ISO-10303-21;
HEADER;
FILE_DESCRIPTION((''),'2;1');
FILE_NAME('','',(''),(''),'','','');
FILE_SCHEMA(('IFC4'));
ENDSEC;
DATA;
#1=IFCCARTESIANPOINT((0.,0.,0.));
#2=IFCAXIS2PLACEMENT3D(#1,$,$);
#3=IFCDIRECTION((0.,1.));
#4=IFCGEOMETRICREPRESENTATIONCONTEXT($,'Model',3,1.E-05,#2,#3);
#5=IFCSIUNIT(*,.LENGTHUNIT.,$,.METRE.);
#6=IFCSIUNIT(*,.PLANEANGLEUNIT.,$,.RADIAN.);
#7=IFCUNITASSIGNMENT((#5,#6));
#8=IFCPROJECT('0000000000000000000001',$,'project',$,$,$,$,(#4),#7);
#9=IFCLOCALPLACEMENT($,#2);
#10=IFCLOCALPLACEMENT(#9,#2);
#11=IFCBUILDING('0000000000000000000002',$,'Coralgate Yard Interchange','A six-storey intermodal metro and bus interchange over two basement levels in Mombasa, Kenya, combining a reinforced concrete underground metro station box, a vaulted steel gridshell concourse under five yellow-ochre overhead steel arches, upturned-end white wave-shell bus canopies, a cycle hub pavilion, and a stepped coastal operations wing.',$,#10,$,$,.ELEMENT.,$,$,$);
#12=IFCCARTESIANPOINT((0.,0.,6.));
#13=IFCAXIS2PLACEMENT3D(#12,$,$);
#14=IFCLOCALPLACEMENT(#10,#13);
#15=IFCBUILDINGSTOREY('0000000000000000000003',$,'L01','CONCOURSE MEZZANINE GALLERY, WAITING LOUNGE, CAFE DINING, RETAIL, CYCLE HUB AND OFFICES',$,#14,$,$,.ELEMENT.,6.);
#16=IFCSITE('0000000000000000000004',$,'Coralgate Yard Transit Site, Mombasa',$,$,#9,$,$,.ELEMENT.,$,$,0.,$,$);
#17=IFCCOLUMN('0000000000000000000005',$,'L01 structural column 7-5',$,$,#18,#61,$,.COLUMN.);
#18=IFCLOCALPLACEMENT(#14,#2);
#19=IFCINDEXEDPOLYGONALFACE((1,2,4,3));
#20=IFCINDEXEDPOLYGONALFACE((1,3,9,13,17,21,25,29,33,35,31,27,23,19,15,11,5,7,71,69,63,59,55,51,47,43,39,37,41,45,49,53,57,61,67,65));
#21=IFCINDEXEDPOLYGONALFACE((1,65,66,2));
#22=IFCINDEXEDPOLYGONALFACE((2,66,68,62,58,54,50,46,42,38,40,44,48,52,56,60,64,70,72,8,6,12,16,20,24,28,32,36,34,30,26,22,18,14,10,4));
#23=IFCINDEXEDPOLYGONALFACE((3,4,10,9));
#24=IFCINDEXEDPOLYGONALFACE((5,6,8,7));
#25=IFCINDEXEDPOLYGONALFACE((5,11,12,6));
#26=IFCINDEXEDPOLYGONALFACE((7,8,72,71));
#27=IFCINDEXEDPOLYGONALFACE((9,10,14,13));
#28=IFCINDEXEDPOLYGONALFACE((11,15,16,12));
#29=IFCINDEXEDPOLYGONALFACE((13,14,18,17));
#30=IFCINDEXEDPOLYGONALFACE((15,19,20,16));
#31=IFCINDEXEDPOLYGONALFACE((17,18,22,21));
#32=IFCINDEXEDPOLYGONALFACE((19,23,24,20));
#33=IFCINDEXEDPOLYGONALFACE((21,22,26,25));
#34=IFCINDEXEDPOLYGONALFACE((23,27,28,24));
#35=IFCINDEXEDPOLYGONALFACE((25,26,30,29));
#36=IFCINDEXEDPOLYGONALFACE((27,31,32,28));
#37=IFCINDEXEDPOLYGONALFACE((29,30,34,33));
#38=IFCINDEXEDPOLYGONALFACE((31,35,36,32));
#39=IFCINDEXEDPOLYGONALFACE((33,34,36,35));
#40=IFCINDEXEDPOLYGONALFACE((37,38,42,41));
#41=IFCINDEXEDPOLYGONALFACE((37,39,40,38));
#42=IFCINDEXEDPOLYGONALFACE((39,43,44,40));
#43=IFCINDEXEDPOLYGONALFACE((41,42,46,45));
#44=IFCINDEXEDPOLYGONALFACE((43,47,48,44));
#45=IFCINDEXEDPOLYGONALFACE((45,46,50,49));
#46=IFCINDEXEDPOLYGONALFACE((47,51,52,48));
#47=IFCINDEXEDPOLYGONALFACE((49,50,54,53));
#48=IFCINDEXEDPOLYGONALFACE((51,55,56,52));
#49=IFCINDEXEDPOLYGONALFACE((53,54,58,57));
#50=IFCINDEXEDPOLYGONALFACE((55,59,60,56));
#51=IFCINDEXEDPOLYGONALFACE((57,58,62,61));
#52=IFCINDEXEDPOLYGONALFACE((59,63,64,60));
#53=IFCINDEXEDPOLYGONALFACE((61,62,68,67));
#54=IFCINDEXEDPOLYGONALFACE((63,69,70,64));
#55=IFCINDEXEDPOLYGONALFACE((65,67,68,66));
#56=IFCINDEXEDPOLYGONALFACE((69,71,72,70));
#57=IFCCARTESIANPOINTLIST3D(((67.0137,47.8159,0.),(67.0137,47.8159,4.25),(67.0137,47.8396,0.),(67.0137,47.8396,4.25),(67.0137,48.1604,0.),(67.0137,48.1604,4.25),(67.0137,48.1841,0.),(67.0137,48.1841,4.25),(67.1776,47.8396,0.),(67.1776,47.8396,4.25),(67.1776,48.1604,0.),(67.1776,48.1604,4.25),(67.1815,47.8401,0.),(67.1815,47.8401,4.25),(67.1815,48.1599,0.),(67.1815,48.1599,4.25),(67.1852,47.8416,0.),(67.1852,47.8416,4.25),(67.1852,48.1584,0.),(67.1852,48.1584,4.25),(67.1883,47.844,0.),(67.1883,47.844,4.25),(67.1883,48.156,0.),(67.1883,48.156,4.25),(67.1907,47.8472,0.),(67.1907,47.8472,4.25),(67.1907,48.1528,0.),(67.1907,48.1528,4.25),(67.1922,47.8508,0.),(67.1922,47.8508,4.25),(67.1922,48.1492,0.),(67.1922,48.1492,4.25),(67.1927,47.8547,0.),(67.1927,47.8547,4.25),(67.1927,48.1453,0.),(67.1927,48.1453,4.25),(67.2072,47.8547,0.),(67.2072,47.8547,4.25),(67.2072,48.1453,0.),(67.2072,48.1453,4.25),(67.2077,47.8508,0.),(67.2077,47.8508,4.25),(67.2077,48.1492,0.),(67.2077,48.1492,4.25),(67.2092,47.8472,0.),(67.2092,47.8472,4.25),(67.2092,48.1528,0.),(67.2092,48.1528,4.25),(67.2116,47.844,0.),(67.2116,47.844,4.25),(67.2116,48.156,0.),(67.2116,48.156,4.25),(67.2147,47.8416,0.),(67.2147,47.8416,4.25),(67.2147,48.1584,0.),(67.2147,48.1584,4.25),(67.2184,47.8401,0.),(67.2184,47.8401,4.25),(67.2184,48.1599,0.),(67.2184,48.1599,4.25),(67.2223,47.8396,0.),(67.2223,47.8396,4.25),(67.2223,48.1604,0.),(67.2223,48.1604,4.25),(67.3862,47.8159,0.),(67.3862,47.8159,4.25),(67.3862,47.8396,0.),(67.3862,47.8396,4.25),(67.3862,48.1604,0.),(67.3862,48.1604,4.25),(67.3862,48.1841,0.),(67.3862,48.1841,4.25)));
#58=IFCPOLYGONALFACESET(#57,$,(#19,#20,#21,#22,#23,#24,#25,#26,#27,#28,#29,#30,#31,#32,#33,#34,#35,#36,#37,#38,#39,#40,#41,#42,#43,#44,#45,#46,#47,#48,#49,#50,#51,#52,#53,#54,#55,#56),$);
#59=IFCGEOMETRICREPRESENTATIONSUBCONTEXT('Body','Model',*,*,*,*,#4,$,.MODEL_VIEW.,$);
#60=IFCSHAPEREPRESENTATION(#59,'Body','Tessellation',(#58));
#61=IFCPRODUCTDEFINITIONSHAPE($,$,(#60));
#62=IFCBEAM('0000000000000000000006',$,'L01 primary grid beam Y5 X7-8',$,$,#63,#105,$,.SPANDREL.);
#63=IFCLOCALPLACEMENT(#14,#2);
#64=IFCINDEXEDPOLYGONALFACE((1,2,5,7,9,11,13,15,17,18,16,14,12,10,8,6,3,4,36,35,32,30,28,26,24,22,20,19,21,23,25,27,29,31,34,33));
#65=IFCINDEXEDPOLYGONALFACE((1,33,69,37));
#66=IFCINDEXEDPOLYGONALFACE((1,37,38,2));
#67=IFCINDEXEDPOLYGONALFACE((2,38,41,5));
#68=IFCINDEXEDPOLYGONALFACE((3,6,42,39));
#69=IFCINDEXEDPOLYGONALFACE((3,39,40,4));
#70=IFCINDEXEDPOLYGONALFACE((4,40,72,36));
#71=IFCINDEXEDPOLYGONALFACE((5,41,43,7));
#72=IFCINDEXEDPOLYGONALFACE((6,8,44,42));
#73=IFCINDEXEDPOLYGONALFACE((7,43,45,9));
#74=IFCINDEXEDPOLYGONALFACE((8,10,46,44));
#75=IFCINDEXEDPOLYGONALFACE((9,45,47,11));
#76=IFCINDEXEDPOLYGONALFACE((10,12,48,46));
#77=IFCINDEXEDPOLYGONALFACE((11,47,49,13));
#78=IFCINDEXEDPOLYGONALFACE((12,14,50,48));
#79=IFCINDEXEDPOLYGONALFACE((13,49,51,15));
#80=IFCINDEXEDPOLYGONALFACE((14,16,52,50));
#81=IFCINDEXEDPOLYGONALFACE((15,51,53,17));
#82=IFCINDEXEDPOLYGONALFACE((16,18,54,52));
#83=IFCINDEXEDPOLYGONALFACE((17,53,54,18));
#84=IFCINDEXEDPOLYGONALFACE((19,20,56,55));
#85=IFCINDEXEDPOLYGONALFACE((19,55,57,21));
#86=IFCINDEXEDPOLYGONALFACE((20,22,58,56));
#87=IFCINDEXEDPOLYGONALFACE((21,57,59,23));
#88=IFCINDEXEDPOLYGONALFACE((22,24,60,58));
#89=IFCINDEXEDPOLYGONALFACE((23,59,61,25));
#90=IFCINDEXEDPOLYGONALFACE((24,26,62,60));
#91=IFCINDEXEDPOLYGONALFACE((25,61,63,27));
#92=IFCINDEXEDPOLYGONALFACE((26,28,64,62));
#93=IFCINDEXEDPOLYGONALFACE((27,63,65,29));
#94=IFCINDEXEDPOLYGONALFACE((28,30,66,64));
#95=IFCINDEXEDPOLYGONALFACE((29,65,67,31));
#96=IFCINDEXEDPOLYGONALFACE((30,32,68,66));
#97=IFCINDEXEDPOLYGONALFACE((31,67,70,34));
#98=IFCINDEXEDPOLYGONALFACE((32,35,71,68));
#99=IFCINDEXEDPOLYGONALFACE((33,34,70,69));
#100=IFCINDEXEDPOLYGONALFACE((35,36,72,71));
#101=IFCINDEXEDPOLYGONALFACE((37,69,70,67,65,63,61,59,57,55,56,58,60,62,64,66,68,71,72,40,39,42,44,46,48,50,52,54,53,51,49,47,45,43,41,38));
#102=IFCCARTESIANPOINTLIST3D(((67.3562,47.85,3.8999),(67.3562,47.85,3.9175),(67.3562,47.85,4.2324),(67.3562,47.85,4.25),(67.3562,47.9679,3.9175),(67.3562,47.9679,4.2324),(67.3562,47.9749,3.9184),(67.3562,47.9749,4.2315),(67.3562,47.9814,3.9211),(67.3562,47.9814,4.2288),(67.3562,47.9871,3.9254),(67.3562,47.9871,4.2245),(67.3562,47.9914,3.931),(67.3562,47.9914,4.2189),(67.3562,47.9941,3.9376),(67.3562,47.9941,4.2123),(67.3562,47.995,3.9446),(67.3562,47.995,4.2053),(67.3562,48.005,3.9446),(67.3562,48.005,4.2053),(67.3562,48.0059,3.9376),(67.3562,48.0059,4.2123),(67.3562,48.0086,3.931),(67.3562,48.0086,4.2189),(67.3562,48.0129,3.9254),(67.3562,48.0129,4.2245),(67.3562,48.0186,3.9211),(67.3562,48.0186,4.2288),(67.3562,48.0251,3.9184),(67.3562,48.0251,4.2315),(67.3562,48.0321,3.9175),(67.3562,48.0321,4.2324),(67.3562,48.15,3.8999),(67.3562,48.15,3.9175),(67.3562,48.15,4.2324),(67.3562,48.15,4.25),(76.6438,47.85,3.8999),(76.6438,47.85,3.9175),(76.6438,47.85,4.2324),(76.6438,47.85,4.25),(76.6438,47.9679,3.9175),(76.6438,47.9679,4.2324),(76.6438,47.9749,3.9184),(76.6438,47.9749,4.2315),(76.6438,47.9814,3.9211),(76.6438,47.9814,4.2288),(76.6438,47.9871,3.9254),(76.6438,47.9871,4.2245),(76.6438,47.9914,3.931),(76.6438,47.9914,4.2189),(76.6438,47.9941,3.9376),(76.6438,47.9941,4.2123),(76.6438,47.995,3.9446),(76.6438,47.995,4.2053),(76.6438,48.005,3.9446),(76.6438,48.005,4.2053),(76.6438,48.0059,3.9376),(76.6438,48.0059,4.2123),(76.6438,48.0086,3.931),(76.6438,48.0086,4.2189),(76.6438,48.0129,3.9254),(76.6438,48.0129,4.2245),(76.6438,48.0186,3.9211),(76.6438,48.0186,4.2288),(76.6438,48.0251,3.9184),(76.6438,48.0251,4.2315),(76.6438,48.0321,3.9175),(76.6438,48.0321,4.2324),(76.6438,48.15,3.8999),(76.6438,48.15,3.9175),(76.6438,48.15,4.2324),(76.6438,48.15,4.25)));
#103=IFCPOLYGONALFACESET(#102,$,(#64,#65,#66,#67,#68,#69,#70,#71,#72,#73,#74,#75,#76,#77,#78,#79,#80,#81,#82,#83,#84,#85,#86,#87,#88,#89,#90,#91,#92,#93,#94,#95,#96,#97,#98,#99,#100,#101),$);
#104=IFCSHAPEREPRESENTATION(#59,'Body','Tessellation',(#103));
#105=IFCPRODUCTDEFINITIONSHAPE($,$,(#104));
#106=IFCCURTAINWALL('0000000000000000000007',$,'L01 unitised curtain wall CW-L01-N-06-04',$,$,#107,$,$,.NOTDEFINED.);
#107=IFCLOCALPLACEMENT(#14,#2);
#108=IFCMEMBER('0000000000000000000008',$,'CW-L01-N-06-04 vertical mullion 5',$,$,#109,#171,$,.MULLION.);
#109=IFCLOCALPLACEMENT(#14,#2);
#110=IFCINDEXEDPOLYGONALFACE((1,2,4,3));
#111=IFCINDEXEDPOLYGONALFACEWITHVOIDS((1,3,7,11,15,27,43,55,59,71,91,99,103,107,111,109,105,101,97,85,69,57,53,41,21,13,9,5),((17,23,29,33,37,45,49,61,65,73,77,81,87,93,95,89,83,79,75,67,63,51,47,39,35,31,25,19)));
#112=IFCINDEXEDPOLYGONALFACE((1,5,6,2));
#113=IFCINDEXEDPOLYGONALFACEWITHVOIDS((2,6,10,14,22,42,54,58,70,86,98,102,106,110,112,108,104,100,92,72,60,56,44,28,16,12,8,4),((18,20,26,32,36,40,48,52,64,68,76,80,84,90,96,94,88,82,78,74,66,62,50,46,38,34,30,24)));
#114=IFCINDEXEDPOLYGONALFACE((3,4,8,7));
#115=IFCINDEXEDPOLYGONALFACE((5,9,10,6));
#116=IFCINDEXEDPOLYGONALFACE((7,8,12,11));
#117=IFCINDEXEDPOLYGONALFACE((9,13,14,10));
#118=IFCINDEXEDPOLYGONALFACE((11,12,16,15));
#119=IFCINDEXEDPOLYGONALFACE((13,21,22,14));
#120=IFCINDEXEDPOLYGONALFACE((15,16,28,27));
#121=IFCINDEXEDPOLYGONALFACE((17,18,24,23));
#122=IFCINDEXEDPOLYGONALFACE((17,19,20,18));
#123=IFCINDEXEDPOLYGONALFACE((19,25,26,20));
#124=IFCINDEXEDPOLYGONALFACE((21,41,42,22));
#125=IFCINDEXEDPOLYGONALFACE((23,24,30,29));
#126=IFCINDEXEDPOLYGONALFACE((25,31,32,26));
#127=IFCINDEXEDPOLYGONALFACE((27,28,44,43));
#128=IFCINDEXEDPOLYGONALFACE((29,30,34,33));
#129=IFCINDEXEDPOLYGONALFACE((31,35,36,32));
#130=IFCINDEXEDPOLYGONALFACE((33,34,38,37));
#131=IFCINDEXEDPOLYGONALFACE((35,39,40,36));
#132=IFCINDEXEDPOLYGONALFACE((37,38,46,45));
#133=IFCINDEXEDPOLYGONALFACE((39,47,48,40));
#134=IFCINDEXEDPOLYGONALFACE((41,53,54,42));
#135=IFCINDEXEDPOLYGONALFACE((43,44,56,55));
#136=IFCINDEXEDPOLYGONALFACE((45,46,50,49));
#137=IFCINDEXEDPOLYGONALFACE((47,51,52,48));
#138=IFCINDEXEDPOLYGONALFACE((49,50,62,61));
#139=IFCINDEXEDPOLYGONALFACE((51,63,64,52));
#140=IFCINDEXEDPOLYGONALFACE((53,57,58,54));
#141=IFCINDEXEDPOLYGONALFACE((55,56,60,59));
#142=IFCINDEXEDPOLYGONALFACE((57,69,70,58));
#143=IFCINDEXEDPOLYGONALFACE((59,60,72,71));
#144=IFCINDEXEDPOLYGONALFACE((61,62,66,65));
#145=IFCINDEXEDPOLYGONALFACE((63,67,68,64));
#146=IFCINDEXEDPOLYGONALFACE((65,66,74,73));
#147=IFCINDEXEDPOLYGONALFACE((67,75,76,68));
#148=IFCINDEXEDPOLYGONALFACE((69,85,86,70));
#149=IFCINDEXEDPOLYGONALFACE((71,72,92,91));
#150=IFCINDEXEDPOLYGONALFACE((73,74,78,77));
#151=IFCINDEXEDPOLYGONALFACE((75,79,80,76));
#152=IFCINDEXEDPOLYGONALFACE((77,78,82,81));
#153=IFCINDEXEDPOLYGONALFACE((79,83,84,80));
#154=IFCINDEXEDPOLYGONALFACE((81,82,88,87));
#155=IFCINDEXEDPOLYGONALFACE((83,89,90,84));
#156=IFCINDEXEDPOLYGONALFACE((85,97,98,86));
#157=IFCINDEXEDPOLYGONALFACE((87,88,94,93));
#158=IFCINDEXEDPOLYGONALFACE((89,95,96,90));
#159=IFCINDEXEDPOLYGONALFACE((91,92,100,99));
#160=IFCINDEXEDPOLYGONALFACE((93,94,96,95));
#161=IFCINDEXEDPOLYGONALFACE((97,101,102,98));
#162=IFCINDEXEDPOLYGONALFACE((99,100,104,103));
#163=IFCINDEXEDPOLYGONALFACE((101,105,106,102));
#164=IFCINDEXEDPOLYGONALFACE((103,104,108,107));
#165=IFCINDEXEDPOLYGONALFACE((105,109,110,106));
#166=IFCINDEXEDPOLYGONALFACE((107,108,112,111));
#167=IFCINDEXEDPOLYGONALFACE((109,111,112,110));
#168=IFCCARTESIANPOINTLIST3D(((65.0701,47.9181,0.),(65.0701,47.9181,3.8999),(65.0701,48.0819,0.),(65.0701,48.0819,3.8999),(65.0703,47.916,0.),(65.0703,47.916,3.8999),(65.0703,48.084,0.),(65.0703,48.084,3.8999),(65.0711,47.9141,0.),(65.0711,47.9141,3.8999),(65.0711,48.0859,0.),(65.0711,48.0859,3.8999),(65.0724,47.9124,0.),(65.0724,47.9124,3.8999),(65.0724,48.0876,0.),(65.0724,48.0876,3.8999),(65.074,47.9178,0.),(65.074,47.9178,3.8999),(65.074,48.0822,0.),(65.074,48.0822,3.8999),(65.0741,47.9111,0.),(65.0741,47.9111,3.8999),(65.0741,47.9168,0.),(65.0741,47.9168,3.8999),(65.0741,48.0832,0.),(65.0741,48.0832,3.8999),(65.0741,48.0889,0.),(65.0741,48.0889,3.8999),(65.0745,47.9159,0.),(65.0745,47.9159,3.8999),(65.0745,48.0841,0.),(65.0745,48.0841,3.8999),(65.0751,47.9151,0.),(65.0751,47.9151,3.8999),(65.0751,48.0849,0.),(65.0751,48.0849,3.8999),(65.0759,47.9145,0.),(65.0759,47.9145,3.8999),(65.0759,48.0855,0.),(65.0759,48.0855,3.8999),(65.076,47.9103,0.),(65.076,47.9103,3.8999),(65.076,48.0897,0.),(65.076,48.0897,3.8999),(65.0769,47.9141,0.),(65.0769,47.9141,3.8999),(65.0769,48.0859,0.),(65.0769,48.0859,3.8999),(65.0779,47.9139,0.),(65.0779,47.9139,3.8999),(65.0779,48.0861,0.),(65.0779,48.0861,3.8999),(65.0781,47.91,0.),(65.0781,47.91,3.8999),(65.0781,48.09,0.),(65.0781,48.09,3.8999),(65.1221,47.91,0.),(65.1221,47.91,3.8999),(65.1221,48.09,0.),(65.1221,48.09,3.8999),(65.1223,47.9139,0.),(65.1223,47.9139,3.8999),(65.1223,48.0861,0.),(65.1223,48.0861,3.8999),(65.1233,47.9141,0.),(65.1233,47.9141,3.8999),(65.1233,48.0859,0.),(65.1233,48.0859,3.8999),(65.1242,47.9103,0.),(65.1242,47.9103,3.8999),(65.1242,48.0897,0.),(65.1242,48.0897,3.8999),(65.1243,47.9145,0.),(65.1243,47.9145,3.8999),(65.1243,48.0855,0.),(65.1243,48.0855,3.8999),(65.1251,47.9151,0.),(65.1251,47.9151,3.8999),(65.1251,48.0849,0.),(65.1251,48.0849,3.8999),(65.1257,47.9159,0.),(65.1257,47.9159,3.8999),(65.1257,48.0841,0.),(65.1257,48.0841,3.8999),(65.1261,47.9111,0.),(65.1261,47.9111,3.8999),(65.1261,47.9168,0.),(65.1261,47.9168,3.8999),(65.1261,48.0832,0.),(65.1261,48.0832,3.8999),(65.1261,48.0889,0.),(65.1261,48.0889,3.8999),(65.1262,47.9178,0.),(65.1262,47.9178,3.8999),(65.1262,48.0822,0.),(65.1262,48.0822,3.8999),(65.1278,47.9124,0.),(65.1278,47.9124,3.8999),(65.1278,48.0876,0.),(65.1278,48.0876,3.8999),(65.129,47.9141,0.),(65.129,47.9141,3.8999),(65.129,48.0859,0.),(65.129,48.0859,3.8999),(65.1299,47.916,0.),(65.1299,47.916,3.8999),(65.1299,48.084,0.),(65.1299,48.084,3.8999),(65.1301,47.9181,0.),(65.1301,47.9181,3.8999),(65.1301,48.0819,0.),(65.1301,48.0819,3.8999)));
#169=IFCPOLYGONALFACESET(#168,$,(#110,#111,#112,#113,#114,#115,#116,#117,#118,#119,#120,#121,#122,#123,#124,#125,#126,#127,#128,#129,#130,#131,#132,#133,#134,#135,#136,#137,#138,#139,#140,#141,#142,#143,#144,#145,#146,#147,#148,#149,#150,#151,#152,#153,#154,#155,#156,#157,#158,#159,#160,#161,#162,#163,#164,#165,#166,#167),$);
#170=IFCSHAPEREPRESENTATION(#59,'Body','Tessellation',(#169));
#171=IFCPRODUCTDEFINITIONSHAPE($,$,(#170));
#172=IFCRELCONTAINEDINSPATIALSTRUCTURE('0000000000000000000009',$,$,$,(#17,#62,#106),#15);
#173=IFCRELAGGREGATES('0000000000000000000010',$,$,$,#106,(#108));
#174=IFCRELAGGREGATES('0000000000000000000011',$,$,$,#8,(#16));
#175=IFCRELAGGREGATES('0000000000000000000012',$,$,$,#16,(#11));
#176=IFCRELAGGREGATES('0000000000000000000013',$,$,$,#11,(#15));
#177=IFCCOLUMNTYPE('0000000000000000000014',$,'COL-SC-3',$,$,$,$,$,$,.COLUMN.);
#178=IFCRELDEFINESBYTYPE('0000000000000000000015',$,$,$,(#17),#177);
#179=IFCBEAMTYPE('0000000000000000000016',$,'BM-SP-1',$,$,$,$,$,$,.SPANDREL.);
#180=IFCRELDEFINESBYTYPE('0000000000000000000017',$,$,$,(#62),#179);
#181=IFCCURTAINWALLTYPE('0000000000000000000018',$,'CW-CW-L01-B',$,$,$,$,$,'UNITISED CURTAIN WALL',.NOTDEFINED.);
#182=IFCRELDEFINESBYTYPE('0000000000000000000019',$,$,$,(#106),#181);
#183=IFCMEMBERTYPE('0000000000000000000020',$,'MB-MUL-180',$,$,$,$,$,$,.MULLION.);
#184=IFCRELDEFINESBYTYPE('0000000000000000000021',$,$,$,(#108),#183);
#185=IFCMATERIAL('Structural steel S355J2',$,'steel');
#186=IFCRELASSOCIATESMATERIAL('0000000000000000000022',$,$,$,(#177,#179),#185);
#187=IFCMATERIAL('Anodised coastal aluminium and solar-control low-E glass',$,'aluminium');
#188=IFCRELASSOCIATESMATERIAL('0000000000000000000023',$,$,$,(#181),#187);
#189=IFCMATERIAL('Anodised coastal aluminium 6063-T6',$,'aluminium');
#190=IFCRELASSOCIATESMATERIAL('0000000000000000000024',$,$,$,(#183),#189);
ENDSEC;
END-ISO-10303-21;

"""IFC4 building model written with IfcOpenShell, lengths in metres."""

from ifc_helpers import new_model, si_unit, direction, frame, origin, origin_2d, place, context, subcontext, project, spatial, hollow_rectangle, i_section, extrude, material, material_profile, profile_set, type_object, element, aggregate, save


model = new_model("IFC4")

# Units and contexts
model_context = context("Model", 3, precision=1e-05, world=origin(), true_north=direction((0.0, 1.0)))
body_context = subcontext(model_context, "Body", "Model", "MODEL_VIEW")
ifc_project = project(units=[si_unit("LENGTHUNIT", "METRE"), si_unit("PLANEANGLEUNIT", "RADIAN")], contexts=[model_context])

# Site, building, storey
site_placement = place(None, origin())
site = spatial("IfcSite", under=ifc_project, at=site_placement, Name="Coralgate Yard Transit Site, Mombasa", CompositionType="ELEMENT", RefElevation=0.0)
building_placement = place(site_placement, origin())
building = spatial("IfcBuilding", under=site, at=building_placement, Name="Coralgate Yard Interchange", Description="A six-storey intermodal metro and bus interchange over two basement levels in Mombasa, Kenya, combining a reinforced concrete underground metro station box, a vaulted steel gridshell concourse under five yellow-ochre overhead steel arches, upturned-end white wave-shell bus canopies, a cycle hub pavilion, and a stepped coastal operations wing.", CompositionType="ELEMENT")
storey_placement = place(building_placement, frame((0.0, 0.0, 6.0)))
storey = spatial("IfcBuildingStorey", under=building, at=storey_placement, Name="L01", Description="CONCOURSE MEZZANINE GALLERY, WAITING LOUNGE, CAFE DINING, RETAIL, CYCLE HUB AND OFFICES", CompositionType="ELEMENT", Elevation=6.0)

# Column
ifc_material_1 = material(Name="Structural steel S355J2", Category="steel")
ifc_material_profile_1 = material_profile(ifc_material_1, i_section(OverallWidth=0.3726, OverallDepth=0.3682, WebThickness=0.0144, FlangeThickness=0.0237, FilletRadius=0.0151, at=origin_2d()), Name="UC 356x368x177")
ifc_profile_set_1 = profile_set([ifc_material_profile_1], Name="Structural steel S355J2")
column_type = type_object("IfcColumnType", Name="COL-SC-3", PredefinedType="COLUMN", material=ifc_profile_set_1)
column_placement = place(storey_placement, frame((67.2, 48.0, 0.0), z_axis=(0.0, 0.0, 1.0), x_axis=(1.0, 0.0, 0.0)))
element("IfcColumn", 1, at=column_placement, inside=storey, type_object=column_type, Name="L01 structural column 7-5", PredefinedType="COLUMN", context=body_context, shape_type="SweptSolid", body=[
    extrude(i_section(OverallWidth=0.3726, OverallDepth=0.3682, WebThickness=0.0144, FlangeThickness=0.0237, FilletRadius=0.0151, at=origin_2d()), origin(), (0.0, 0.0, 1.0), 4.25),
])

# Beam
ifc_material_profile_2 = material_profile(ifc_material_1, i_section(OverallWidth=0.3, OverallDepth=0.3501, WebThickness=0.01, FlangeThickness=0.0176, FilletRadius=0.0271, at=origin_2d()), Name="HEA 360")
ifc_profile_set_2 = profile_set([ifc_material_profile_2], Name="Structural steel S355J2")
beam_type = type_object("IfcBeamType", Name="BM-SP-1", PredefinedType="SPANDREL", material=ifc_profile_set_2)
beam_placement = place(storey_placement, frame((67.3562, 48.0, 4.075), z_axis=(1.0, 0.0, 0.0), x_axis=(0.0, 1.0, 0.0)))
element("IfcBeam", 2, at=beam_placement, inside=storey, type_object=beam_type, Name="L01 primary grid beam Y5 X7-8", PredefinedType="SPANDREL", context=body_context, shape_type="SweptSolid", body=[
    extrude(i_section(OverallWidth=0.3, OverallDepth=0.3501, WebThickness=0.01, FlangeThickness=0.0176, FilletRadius=0.0271, at=origin_2d()), origin(), (0.0, 0.0, 1.0), 9.2876),
])

# Curtain wall, member
ifc_material_2 = material(Name="Anodised coastal aluminium and solar-control low-E glass", Category="aluminium")
curtain_wall_type = type_object("IfcCurtainWallType", Name="CW-CW-L01-B", ElementType="UNITISED CURTAIN WALL", PredefinedType="NOTDEFINED", material=ifc_material_2)
curtain_wall_1_placement = place(storey_placement, origin())
curtain_wall_1 = element("IfcCurtainWall", 3, at=curtain_wall_1_placement, inside=storey, type_object=curtain_wall_type, Name="L01 unitised curtain wall CW-L01-N-06-04", PredefinedType="NOTDEFINED")
ifc_material_3 = material(Name="Anodised coastal aluminium 6063-T6", Category="aluminium")
ifc_material_profile_3 = material_profile(ifc_material_3, hollow_rectangle(XDim=0.0601, YDim=0.1799, WallThickness=0.0039, InnerFilletRadius=0.0039, OuterFilletRadius=0.0081, at=origin_2d()), Name="ALU 60x180x4")
ifc_profile_set_3 = profile_set([ifc_material_profile_3], Name="Anodised coastal aluminium 6063-T6")
member_type_1 = type_object("IfcMemberType", Name="MB-MUL-180", PredefinedType="MULLION", material=ifc_profile_set_3)
member_1_placement = place(storey_placement, frame((65.1001, 48.0, 0.0), z_axis=(0.0, 0.0, 1.0), x_axis=(1.0, 0.0, 0.0)))
member_1 = element("IfcMember", 4, at=member_1_placement, type_object=member_type_1, Name="CW-L01-N-06-04 vertical mullion 5", PredefinedType="MULLION", context=body_context, shape_type="SweptSolid", body=[
    extrude(hollow_rectangle(XDim=0.0601, YDim=0.1799, WallThickness=0.0039, InnerFilletRadius=0.0039, OuterFilletRadius=0.0081, at=origin_2d()), origin(), (0.0, 0.0, 1.0), 3.8999),
])

aggregate(curtain_wall_1, [member_1])

save(model, "model.ifc")
